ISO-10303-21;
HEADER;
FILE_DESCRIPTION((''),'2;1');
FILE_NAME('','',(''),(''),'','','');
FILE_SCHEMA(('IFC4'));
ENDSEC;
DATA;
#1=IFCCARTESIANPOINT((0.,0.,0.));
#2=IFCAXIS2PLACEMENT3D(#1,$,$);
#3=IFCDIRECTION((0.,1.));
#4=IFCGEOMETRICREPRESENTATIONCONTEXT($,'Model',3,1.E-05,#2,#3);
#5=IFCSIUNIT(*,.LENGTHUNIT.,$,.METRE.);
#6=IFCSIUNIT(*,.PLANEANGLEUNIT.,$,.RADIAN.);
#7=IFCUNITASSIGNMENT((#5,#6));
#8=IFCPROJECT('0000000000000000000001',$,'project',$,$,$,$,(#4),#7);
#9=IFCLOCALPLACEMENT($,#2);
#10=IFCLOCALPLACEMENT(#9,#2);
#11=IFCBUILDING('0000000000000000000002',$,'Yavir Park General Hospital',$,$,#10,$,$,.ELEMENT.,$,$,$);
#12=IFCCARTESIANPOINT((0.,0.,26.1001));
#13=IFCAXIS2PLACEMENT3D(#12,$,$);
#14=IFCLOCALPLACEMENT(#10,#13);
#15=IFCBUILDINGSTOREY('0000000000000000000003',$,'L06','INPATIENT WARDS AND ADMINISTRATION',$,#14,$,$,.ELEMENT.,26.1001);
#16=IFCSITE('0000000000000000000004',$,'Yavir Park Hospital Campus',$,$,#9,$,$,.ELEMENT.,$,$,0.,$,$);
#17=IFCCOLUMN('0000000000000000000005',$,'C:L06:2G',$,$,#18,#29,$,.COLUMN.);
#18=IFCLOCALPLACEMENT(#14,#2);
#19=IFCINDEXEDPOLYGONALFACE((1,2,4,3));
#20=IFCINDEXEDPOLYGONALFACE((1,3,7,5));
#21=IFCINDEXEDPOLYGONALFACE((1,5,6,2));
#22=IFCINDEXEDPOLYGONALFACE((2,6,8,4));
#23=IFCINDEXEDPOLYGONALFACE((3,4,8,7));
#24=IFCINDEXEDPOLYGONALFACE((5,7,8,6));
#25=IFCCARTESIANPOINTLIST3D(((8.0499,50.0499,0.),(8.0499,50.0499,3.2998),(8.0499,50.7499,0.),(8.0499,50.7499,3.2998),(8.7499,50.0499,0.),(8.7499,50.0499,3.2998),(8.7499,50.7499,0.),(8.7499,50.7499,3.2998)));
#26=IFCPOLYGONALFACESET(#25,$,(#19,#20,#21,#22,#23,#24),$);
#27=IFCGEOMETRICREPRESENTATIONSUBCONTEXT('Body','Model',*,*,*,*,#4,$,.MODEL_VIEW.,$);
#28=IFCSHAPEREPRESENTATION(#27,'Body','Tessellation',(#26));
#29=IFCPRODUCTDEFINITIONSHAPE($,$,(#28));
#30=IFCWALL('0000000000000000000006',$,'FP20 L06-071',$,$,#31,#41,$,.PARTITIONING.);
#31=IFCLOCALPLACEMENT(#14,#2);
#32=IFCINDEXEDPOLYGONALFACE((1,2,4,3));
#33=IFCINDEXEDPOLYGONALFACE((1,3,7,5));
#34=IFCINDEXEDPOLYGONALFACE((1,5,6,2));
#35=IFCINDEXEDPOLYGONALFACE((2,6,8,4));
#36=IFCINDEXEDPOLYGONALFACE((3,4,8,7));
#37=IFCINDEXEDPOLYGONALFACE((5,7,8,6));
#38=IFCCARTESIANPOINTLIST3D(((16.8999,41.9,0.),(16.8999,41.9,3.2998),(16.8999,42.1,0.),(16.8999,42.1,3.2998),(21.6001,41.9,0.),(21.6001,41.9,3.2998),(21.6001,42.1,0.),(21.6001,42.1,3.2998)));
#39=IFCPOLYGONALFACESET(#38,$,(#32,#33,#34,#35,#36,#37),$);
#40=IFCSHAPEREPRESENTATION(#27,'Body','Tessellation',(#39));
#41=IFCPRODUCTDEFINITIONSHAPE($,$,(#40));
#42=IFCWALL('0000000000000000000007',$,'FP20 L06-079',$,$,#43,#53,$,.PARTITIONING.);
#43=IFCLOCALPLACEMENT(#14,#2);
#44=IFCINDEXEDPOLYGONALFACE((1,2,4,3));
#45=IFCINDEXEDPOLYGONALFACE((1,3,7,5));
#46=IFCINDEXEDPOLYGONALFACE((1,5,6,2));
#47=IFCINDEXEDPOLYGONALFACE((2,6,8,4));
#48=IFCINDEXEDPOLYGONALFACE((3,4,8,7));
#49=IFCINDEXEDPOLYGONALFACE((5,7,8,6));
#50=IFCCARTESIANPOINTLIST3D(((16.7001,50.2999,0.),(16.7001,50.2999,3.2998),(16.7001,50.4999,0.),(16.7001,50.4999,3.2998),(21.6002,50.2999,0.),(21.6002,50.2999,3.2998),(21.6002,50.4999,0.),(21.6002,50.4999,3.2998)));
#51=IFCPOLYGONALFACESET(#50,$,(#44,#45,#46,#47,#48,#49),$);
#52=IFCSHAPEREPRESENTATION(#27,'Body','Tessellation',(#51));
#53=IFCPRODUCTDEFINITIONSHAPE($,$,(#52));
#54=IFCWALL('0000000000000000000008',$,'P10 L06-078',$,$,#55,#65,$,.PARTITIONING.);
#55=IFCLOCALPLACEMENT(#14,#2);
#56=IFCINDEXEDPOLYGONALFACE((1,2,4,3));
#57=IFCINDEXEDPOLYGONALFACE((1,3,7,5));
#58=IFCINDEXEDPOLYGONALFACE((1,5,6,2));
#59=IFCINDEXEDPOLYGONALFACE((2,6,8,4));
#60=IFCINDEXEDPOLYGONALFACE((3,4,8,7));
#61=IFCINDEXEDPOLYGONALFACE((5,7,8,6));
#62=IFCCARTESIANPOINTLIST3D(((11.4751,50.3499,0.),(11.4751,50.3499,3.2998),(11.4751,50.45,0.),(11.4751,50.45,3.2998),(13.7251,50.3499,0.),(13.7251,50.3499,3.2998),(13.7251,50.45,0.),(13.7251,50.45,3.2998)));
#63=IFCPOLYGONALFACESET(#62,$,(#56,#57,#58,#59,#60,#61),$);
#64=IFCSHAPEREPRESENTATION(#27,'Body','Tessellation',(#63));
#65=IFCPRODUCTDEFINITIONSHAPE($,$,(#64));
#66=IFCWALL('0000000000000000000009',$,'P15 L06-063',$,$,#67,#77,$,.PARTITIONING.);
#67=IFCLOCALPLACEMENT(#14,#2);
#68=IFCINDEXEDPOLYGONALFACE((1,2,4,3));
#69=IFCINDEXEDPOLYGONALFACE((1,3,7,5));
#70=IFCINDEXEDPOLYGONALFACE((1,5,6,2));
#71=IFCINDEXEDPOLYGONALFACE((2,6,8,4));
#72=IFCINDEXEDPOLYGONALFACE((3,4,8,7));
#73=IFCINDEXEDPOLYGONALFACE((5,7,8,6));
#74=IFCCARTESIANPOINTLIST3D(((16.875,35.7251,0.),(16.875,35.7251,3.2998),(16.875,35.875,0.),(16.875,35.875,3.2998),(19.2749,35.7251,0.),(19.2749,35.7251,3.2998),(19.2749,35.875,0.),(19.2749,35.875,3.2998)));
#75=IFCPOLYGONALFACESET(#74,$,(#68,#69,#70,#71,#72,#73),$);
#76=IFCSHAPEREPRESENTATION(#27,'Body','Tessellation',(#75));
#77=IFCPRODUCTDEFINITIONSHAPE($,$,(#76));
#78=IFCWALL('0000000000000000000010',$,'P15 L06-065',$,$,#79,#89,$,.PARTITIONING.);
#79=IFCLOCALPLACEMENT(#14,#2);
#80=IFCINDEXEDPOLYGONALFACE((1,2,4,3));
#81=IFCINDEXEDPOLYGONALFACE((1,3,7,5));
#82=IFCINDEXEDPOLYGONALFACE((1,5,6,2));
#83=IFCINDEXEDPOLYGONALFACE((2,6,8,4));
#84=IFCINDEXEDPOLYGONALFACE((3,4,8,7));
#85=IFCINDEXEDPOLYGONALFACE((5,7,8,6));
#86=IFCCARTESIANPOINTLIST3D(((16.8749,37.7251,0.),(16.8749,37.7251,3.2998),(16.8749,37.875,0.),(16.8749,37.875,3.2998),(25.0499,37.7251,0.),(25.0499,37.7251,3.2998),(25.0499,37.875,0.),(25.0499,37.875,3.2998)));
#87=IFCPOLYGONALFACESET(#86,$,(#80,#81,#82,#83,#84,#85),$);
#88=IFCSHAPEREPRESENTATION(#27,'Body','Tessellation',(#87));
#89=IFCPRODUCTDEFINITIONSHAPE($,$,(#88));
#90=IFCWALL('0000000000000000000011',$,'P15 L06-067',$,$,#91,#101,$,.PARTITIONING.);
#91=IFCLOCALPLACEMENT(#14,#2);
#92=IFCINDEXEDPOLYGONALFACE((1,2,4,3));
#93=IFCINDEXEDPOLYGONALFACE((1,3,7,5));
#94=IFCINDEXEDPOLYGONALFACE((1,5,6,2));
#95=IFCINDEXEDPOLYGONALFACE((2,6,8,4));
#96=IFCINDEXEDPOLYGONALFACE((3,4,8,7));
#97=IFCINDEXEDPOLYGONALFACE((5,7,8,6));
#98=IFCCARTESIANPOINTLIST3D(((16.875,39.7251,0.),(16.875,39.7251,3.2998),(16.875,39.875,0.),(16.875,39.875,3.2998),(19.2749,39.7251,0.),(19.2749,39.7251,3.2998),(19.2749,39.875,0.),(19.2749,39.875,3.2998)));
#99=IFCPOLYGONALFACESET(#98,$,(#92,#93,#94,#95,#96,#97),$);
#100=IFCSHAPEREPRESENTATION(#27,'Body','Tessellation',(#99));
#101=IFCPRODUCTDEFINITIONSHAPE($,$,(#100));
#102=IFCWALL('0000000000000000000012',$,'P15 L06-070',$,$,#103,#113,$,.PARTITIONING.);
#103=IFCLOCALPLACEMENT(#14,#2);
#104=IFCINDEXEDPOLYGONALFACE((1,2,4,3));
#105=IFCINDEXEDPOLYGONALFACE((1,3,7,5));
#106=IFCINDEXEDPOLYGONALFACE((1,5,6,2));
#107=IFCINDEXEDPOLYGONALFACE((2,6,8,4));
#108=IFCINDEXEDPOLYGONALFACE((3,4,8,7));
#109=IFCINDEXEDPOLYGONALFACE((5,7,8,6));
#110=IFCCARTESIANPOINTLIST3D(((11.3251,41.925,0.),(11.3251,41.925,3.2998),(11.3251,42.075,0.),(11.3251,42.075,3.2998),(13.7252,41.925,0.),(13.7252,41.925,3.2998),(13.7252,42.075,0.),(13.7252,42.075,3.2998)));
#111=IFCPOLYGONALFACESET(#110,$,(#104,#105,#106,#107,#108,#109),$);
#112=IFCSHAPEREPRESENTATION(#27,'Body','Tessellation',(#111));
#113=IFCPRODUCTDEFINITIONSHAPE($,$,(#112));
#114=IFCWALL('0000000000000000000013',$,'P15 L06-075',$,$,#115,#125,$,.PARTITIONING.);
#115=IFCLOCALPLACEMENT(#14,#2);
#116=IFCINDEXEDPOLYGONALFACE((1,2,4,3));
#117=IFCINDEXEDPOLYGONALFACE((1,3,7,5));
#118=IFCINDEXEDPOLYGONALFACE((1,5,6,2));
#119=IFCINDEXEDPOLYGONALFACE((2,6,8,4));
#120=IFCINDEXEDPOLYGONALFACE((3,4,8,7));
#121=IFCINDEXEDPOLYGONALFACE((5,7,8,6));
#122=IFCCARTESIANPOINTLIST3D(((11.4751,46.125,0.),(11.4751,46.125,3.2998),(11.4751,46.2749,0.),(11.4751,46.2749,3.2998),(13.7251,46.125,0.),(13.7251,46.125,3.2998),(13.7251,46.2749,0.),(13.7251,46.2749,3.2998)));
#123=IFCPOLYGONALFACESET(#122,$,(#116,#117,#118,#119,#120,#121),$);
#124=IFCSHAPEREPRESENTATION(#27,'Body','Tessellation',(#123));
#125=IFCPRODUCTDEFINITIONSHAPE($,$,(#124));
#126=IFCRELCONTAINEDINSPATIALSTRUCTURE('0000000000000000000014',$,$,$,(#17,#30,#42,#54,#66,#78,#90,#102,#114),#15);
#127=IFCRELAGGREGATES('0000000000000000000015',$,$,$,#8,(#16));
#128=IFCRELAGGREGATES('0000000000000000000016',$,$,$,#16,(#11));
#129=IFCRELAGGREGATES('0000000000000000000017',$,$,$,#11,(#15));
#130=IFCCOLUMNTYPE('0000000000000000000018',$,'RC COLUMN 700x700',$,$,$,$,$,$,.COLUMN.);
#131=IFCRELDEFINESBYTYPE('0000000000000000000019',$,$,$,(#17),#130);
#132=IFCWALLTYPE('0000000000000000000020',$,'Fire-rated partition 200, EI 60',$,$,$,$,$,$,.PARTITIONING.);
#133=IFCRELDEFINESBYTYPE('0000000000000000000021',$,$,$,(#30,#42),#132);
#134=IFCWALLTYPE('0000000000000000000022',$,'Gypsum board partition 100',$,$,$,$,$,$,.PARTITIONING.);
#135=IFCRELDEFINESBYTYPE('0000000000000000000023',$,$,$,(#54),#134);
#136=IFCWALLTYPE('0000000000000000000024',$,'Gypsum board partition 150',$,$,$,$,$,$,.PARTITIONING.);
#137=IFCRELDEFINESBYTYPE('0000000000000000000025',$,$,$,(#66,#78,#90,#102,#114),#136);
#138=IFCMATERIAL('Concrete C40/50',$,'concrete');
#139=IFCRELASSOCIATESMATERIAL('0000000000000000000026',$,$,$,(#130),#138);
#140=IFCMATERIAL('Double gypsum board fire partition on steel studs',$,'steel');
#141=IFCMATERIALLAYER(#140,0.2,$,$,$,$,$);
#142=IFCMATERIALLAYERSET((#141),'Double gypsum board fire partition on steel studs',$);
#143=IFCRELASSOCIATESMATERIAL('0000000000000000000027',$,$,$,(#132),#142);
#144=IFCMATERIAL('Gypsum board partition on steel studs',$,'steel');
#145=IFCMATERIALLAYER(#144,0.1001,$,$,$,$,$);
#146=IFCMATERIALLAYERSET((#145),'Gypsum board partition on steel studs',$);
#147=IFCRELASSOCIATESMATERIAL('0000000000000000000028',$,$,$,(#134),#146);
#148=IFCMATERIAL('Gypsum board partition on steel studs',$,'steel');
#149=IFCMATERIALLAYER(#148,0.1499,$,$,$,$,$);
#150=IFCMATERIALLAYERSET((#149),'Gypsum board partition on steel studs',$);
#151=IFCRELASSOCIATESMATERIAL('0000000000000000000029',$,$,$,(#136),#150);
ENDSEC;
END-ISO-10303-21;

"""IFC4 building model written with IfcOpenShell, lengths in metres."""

from ifc_helpers import new_model, si_unit, direction, frame, frame_2d, origin, origin_2d, place, context, subcontext, project, spatial, rectangle, extrude, material, layer, layer_set, material_profile, profile_set, type_object, element, save


model = new_model("IFC4")

# Units and contexts
model_context = context("Model", 3, precision=1e-05, world=origin(), true_north=direction((0.0, 1.0)))
body_context = subcontext(model_context, "Body", "Model", "MODEL_VIEW")
ifc_project = project(units=[si_unit("LENGTHUNIT", "METRE"), si_unit("PLANEANGLEUNIT", "RADIAN")], contexts=[model_context])

# Site, building, storey
site_placement = place(None, origin())
site = spatial("IfcSite", under=ifc_project, at=site_placement, Name="Yavir Park Hospital Campus", CompositionType="ELEMENT", RefElevation=0.0)
building_placement = place(site_placement, origin())
building = spatial("IfcBuilding", under=site, at=building_placement, Name="Yavir Park General Hospital", CompositionType="ELEMENT")
storey_placement = place(building_placement, frame((0.0, 0.0, 26.1001)))
storey = spatial("IfcBuildingStorey", under=building, at=storey_placement, Name="L06", Description="INPATIENT WARDS AND ADMINISTRATION", CompositionType="ELEMENT", Elevation=26.1001)

# Column
ifc_material_1 = material(Name="Concrete C40/50", Category="concrete")
ifc_material_profile = material_profile(ifc_material_1, rectangle(XDim=0.7, YDim=0.7, at=origin_2d()), Name="RC700x700")
ifc_profile_set = profile_set([ifc_material_profile], Name="Concrete C40/50")
column_type = type_object("IfcColumnType", Name="RC COLUMN 700x700", PredefinedType="COLUMN", material=ifc_profile_set)
column_placement = place(storey_placement, frame((8.3999, 50.3999, 0.0), z_axis=(0.0, 0.0, 1.0), x_axis=(1.0, 0.0, 0.0)))
element("IfcColumn", 1, at=column_placement, inside=storey, type_object=column_type, Name="C:L06:2G", PredefinedType="COLUMN", context=body_context, shape_type="SweptSolid", body=[
    extrude(rectangle(XDim=0.7, YDim=0.7, at=origin_2d()), origin(), (0.0, 0.0, 1.0), 3.2998),
])

# Walls
ifc_material_2 = material(Name="Double gypsum board fire partition on steel studs", Category="steel")
ifc_layer_1 = layer(ifc_material_2, 0.2)
ifc_layer_set_1 = layer_set([ifc_layer_1], Name="Double gypsum board fire partition on steel studs")
wall_type_1 = type_object("IfcWallType", Name="Fire-rated partition 200, EI 60", PredefinedType="PARTITIONING", material=ifc_layer_set_1)
wall_1_placement = place(storey_placement, frame((16.8999, 42.0, 0.0), z_axis=(0.0, 0.0, 1.0), x_axis=(1.0, 0.0, 0.0)))
element("IfcWall", 2, at=wall_1_placement, inside=storey, type_object=wall_type_1, Name="FP20 L06-071", PredefinedType="PARTITIONING", context=body_context, shape_type="SweptSolid", body=[
    extrude(rectangle(XDim=4.7002, YDim=0.2, at=frame_2d((2.3501, 0.0))), origin(), (0.0, 0.0, 1.0), 3.2998),
])
wall_2_placement = place(storey_placement, frame((16.7, 50.3999, 0.0), z_axis=(0.0, 0.0, 1.0), x_axis=(1.0, 0.0, 0.0)))
element("IfcWall", 3, at=wall_2_placement, inside=storey, type_object=wall_type_1, Name="FP20 L06-079", PredefinedType="PARTITIONING", context=body_context, shape_type="SweptSolid", body=[
    extrude(rectangle(XDim=4.9001, YDim=0.2, at=frame_2d((2.4502, 0.0))), origin(), (0.0, 0.0, 1.0), 3.2998),
])

# Walls
ifc_material_3 = material(Name="Gypsum board partition on steel studs", Category="steel")
ifc_layer_2 = layer(ifc_material_3, 0.1001)
ifc_layer_set_2 = layer_set([ifc_layer_2], Name="Gypsum board partition on steel studs")
wall_type_2 = type_object("IfcWallType", Name="Gypsum board partition 100", PredefinedType="PARTITIONING", material=ifc_layer_set_2)
wall_3_placement = place(storey_placement, frame((11.4751, 50.3999, 0.0), z_axis=(0.0, 0.0, 1.0), x_axis=(1.0, 0.0, 0.0)))
element("IfcWall", 4, at=wall_3_placement, inside=storey, type_object=wall_type_2, Name="P10 L06-078", PredefinedType="PARTITIONING", context=body_context, shape_type="SweptSolid", body=[
    extrude(rectangle(XDim=2.25, YDim=0.1001, at=frame_2d((1.125, 0.0))), origin(), (0.0, 0.0, 1.0), 3.2998),
])
ifc_material_4 = material(Name="Gypsum board partition on steel studs", Category="steel")
ifc_layer_3 = layer(ifc_material_4, 0.1499)
ifc_layer_set_3 = layer_set([ifc_layer_3], Name="Gypsum board partition on steel studs")
wall_type_3 = type_object("IfcWallType", Name="Gypsum board partition 150", PredefinedType="PARTITIONING", material=ifc_layer_set_3)
wall_4_placement = place(storey_placement, frame((16.875, 35.8, 0.0), z_axis=(0.0, 0.0, 1.0), x_axis=(1.0, 0.0, 0.0)))
element("IfcWall", 5, at=wall_4_placement, inside=storey, type_object=wall_type_3, Name="P15 L06-063", PredefinedType="PARTITIONING", context=body_context, shape_type="SweptSolid", body=[
    extrude(rectangle(XDim=2.3999, YDim=0.1499, at=frame_2d((1.2, 0.0))), origin(), (0.0, 0.0, 1.0), 3.2998),
])
wall_5_placement = place(storey_placement, frame((16.875, 37.8, 0.0), z_axis=(0.0, 0.0, 1.0), x_axis=(1.0, 0.0, 0.0)))
element("IfcWall", 6, at=wall_5_placement, inside=storey, type_object=wall_type_3, Name="P15 L06-065", PredefinedType="PARTITIONING", context=body_context, shape_type="SweptSolid", body=[
    extrude(rectangle(XDim=8.175, YDim=0.1499, at=frame_2d((4.0874, 0.0))), origin(), (0.0, 0.0, 1.0), 3.2998),
])
wall_6_placement = place(storey_placement, frame((16.875, 39.8, 0.0), z_axis=(0.0, 0.0, 1.0), x_axis=(1.0, 0.0, 0.0)))
element("IfcWall", 7, at=wall_6_placement, inside=storey, type_object=wall_type_3, Name="P15 L06-067", PredefinedType="PARTITIONING", context=body_context, shape_type="SweptSolid", body=[
    extrude(rectangle(XDim=2.3999, YDim=0.1499, at=frame_2d((1.2, 0.0))), origin(), (0.0, 0.0, 1.0), 3.2998),
])
wall_7_placement = place(storey_placement, frame((11.325, 42.0, 0.0), z_axis=(0.0, 0.0, 1.0), x_axis=(1.0, 0.0, 0.0)))
element("IfcWall", 8, at=wall_7_placement, inside=storey, type_object=wall_type_3, Name="P15 L06-070", PredefinedType="PARTITIONING", context=body_context, shape_type="SweptSolid", body=[
    extrude(rectangle(XDim=2.4001, YDim=0.1499, at=frame_2d((1.2002, 0.0))), origin(), (0.0, 0.0, 1.0), 3.2998),
])
wall_8_placement = place(storey_placement, frame((11.4751, 46.2, 0.0), z_axis=(0.0, 0.0, 1.0), x_axis=(1.0, 0.0, 0.0)))
element("IfcWall", 9, at=wall_8_placement, inside=storey, type_object=wall_type_3, Name="P15 L06-075", PredefinedType="PARTITIONING", context=body_context, shape_type="SweptSolid", body=[
    extrude(rectangle(XDim=2.25, YDim=0.1499, at=frame_2d((1.125, 0.0))), origin(), (0.0, 0.0, 1.0), 3.2998),
])

save(model, "model.ifc")
